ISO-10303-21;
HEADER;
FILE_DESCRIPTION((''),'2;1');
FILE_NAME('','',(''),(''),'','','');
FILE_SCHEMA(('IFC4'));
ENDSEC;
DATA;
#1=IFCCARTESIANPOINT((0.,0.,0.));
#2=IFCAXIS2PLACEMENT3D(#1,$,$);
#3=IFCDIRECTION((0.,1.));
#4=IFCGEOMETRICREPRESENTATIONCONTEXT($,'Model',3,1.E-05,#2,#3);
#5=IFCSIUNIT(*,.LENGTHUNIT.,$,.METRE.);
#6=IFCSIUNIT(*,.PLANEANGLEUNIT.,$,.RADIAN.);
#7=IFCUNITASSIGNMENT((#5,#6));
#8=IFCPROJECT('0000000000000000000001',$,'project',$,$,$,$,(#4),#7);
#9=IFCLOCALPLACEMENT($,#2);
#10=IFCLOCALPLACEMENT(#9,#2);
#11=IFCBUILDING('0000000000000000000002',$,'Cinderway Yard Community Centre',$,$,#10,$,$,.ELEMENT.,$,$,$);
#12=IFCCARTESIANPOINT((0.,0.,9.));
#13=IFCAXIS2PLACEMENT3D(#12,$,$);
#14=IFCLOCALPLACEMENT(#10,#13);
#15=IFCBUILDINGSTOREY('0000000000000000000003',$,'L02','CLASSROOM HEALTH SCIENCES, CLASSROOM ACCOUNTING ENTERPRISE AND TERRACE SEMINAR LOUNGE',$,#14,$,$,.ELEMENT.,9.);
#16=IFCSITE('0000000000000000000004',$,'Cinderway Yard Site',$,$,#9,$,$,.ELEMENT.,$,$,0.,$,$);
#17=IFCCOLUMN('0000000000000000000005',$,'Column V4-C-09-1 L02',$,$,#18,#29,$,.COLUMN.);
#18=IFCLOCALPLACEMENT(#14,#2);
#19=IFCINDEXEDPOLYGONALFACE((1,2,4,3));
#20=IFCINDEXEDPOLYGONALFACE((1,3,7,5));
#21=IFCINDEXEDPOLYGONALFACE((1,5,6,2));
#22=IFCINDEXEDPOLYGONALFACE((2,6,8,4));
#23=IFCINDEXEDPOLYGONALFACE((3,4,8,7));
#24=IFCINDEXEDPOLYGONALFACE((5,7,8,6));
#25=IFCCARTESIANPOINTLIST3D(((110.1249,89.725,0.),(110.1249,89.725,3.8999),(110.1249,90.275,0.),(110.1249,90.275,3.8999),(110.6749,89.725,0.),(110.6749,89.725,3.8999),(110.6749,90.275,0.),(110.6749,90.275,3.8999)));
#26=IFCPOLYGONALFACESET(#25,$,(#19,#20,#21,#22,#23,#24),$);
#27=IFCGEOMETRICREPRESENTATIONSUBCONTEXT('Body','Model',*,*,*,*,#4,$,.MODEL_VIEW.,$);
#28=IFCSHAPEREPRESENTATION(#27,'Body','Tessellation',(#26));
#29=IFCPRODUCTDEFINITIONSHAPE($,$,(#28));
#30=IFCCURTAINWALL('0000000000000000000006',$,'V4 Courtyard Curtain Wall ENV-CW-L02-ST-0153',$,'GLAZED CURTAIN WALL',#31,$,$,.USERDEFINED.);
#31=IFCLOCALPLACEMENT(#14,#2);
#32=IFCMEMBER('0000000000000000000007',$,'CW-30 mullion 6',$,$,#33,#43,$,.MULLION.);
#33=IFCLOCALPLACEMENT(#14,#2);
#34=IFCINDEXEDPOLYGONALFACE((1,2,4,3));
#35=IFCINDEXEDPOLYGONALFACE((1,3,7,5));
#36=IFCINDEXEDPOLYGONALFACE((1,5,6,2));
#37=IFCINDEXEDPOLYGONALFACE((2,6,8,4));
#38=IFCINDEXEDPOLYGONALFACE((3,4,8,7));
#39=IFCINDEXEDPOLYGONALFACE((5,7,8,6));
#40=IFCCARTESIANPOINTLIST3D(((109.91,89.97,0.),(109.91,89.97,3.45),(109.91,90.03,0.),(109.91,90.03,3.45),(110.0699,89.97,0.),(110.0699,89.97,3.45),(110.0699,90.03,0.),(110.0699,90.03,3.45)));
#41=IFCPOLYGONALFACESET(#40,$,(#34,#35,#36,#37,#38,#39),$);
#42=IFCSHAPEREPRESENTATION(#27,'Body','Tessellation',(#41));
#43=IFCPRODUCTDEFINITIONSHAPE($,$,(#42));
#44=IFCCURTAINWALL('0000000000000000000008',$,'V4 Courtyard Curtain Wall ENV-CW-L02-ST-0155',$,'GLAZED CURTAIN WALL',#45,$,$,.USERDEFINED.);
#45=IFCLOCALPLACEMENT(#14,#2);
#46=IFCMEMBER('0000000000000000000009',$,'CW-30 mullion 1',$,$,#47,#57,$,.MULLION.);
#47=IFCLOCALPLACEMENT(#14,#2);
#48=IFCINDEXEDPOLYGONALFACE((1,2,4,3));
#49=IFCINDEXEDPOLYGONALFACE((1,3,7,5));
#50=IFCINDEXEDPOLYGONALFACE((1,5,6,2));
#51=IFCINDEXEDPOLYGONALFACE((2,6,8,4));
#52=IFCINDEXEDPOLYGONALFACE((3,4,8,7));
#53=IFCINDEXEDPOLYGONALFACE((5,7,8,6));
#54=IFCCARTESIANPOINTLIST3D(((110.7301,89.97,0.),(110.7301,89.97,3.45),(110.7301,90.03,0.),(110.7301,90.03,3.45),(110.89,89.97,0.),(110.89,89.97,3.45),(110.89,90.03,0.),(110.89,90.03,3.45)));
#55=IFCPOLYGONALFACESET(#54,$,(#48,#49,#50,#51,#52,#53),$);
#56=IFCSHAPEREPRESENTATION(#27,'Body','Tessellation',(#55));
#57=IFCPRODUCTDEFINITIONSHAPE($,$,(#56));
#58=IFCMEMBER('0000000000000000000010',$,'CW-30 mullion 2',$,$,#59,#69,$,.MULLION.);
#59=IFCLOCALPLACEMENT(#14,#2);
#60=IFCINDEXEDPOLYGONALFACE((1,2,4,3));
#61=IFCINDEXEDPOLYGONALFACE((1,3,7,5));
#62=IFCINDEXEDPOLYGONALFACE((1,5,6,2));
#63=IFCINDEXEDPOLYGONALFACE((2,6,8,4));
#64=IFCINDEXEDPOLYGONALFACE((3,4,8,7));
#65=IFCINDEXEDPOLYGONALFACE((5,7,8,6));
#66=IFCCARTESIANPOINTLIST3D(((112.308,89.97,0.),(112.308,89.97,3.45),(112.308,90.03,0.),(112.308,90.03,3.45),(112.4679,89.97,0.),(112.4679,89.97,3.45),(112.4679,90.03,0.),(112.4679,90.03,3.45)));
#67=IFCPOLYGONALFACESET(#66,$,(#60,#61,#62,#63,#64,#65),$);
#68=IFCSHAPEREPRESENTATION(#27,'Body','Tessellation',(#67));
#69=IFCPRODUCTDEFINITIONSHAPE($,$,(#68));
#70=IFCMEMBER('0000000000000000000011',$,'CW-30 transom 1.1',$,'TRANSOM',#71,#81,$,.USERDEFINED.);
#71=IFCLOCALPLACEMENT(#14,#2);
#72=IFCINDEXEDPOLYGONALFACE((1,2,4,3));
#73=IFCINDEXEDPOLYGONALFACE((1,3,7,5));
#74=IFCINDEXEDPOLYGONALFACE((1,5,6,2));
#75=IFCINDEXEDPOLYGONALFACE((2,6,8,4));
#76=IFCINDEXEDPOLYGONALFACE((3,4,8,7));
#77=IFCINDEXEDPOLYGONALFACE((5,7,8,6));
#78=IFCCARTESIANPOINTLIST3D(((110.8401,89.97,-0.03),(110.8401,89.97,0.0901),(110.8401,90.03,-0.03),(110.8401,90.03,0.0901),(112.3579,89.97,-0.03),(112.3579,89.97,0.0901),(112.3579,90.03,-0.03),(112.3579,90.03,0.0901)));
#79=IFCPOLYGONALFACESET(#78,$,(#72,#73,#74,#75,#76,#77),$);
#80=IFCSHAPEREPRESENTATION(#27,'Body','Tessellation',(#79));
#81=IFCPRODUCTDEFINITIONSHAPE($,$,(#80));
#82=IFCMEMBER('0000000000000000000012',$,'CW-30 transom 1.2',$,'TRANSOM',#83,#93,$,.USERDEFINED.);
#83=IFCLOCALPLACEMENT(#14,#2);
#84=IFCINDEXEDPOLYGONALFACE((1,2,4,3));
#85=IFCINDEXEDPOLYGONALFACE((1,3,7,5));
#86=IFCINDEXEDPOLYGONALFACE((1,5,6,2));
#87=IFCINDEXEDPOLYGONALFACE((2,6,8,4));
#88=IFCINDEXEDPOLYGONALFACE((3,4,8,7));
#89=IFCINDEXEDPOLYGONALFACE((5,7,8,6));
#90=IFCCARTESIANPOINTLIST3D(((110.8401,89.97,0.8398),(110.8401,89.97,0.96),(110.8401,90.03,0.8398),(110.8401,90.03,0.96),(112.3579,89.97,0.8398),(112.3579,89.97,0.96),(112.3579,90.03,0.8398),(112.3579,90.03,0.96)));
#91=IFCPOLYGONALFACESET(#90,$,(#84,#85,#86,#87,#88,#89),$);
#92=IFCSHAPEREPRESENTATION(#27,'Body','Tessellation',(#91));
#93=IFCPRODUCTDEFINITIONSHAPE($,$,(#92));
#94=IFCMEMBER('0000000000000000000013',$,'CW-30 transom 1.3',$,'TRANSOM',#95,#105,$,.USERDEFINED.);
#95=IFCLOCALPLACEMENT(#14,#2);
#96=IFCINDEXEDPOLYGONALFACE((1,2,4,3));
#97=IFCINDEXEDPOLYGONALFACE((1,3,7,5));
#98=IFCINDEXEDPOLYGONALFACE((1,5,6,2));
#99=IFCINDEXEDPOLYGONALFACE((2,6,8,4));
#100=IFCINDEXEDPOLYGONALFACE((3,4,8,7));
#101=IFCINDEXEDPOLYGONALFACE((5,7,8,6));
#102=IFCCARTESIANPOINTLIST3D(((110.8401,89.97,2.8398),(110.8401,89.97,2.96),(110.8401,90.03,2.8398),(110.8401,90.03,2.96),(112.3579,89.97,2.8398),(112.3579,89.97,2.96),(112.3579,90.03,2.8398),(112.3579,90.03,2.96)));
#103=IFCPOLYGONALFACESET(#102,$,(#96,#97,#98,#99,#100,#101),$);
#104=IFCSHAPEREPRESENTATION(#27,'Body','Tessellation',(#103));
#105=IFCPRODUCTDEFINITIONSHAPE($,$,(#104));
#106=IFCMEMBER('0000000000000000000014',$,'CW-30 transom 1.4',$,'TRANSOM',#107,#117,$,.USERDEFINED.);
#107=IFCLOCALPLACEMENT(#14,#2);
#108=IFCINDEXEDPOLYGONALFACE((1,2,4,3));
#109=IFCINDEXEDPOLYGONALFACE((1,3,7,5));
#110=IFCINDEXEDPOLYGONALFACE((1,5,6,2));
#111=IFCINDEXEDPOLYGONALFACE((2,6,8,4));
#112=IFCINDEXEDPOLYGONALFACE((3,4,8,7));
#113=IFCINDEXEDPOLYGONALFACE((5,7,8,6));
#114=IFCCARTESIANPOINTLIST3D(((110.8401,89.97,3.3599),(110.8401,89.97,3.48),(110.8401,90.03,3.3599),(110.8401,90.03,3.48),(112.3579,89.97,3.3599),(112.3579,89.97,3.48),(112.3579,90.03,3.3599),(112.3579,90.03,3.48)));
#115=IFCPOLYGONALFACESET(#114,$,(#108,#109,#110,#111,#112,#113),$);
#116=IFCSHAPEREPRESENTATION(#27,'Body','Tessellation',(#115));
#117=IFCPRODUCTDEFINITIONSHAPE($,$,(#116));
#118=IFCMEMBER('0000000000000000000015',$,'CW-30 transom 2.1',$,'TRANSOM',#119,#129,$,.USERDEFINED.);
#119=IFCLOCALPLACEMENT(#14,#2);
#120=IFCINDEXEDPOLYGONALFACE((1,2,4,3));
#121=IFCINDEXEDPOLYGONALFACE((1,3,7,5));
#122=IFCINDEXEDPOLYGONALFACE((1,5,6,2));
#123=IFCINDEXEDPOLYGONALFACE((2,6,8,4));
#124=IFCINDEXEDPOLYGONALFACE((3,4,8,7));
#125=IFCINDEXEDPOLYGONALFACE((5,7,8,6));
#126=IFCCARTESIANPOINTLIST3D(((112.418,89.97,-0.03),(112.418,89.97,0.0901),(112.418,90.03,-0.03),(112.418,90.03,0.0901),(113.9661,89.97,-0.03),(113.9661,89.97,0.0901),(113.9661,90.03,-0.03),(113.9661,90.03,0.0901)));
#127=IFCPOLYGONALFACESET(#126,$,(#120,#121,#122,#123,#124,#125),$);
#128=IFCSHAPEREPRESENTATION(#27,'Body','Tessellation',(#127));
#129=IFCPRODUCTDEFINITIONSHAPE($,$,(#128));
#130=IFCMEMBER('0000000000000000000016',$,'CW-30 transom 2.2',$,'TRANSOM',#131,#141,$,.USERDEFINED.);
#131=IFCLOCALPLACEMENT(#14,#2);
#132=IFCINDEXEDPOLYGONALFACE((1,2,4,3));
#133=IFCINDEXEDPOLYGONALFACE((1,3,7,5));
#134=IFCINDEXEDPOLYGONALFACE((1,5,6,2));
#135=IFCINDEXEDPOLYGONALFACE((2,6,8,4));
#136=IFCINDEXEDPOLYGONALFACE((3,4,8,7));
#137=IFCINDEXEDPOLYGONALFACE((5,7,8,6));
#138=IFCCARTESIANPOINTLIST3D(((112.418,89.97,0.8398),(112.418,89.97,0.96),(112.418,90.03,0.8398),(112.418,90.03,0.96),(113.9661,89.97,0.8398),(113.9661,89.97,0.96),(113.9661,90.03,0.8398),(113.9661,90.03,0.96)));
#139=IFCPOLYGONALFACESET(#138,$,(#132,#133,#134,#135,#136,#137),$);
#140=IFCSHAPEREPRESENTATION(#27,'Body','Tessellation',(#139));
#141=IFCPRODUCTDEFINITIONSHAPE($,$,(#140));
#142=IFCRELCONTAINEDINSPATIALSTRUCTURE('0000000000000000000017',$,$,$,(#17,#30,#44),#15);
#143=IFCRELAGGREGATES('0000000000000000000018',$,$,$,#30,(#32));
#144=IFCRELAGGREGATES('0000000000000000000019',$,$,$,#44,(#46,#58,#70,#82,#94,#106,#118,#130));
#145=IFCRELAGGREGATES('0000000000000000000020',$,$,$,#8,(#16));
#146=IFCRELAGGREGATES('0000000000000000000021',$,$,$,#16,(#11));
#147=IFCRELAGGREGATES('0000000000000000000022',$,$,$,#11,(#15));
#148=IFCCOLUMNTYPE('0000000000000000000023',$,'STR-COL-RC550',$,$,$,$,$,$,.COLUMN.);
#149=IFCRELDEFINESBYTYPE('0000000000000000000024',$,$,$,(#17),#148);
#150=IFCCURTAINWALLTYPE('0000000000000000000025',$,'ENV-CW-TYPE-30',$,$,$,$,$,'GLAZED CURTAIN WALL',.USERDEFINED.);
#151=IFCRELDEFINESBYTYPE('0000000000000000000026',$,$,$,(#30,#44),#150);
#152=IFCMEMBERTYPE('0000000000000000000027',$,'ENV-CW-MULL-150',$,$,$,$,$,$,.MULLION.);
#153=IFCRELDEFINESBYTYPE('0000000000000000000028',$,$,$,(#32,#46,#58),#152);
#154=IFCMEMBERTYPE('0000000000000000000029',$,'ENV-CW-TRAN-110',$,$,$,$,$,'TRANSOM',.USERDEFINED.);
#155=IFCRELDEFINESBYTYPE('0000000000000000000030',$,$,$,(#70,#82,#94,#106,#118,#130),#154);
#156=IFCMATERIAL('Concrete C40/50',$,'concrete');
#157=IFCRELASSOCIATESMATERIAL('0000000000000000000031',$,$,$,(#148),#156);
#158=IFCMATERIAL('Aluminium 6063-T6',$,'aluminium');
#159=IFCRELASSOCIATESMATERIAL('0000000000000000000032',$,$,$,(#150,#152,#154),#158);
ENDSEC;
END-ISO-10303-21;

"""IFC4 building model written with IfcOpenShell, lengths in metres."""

from ifc_helpers import new_model, si_unit, direction, frame, origin, origin_2d, place, context, subcontext, project, spatial, rectangle, extrude, material, material_profile, profile_set, type_object, element, aggregate, save


model = new_model("IFC4")

# Units and contexts
model_context = context("Model", 3, precision=1e-05, world=origin(), true_north=direction((0.0, 1.0)))
body_context = subcontext(model_context, "Body", "Model", "MODEL_VIEW")
ifc_project = project(units=[si_unit("LENGTHUNIT", "METRE"), si_unit("PLANEANGLEUNIT", "RADIAN")], contexts=[model_context])

# Site, building, storey
site_placement = place(None, origin())
site = spatial("IfcSite", under=ifc_project, at=site_placement, Name="Cinderway Yard Site", CompositionType="ELEMENT", RefElevation=0.0)
building_placement = place(site_placement, origin())
building = spatial("IfcBuilding", under=site, at=building_placement, Name="Cinderway Yard Community Centre", CompositionType="ELEMENT")
storey_placement = place(building_placement, frame((0.0, 0.0, 9.0)))
storey = spatial("IfcBuildingStorey", under=building, at=storey_placement, Name="L02", Description="CLASSROOM HEALTH SCIENCES, CLASSROOM ACCOUNTING ENTERPRISE AND TERRACE SEMINAR LOUNGE", CompositionType="ELEMENT", Elevation=9.0)

# Column
ifc_material_1 = material(Name="Concrete C40/50", Category="concrete")
ifc_material_profile_1 = material_profile(ifc_material_1, rectangle(XDim=0.55, YDim=0.55, at=origin_2d()), Name="Concrete C40/50")
ifc_profile_set_1 = profile_set([ifc_material_profile_1], Name="Concrete C40/50")
column_type = type_object("IfcColumnType", Name="STR-COL-RC550", PredefinedType="COLUMN", material=ifc_profile_set_1)
column_placement = place(storey_placement, frame((110.3999, 90.0, 0.0), z_axis=(0.0, 0.0, 1.0), x_axis=(1.0, 0.0, 0.0)))
element("IfcColumn", 1, at=column_placement, inside=storey, type_object=column_type, Name="Column V4-C-09-1 L02", PredefinedType="COLUMN", context=body_context, shape_type="SweptSolid", body=[
    extrude(rectangle(XDim=0.55, YDim=0.55, at=origin_2d()), origin(), (0.0, 0.0, 1.0), 3.8999),
])

# Curtain wall, member
ifc_material_2 = material(Name="Aluminium 6063-T6", Category="aluminium")
curtain_wall_type = type_object("IfcCurtainWallType", Name="ENV-CW-TYPE-30", ElementType="GLAZED CURTAIN WALL", PredefinedType="USERDEFINED", material=ifc_material_2)
curtain_wall_1_placement = place(storey_placement, origin())
curtain_wall_1 = element("IfcCurtainWall", 2, at=curtain_wall_1_placement, inside=storey, type_object=curtain_wall_type, Name="V4 Courtyard Curtain Wall ENV-CW-L02-ST-0153", ObjectType="GLAZED CURTAIN WALL", PredefinedType="USERDEFINED")
ifc_material_profile_2 = material_profile(ifc_material_2, rectangle(XDim=0.0601, YDim=0.1599, at=origin_2d()), Name="Aluminium 6063-T6")
ifc_profile_set_2 = profile_set([ifc_material_profile_2], Name="Aluminium 6063-T6")
member_type_1 = type_object("IfcMemberType", Name="ENV-CW-MULL-150", PredefinedType="MULLION", material=ifc_profile_set_2)
member_1_placement = place(storey_placement, frame((109.99, 90.0, 0.0), z_axis=(0.0, 0.0, 1.0), x_axis=(0.0, 1.0, 0.0)))
member_1 = element("IfcMember", 3, at=member_1_placement, type_object=member_type_1, Name="CW-30 mullion 6", PredefinedType="MULLION", context=body_context, shape_type="SweptSolid", body=[
    extrude(rectangle(XDim=0.0601, YDim=0.1599, at=origin_2d()), origin(), (0.0, 0.0, 1.0), 3.45),
])
aggregate(curtain_wall_1, [member_1])

# Curtain wall, members
curtain_wall_2_placement = place(storey_placement, origin())
curtain_wall_2 = element("IfcCurtainWall", 4, at=curtain_wall_2_placement, inside=storey, type_object=curtain_wall_type, Name="V4 Courtyard Curtain Wall ENV-CW-L02-ST-0155", ObjectType="GLAZED CURTAIN WALL", PredefinedType="USERDEFINED")
member_2_placement = place(storey_placement, frame((110.8101, 90.0, 0.0), z_axis=(0.0, 0.0, 1.0), x_axis=(0.0, 1.0, 0.0)))
member_2 = element("IfcMember", 5, at=member_2_placement, type_object=member_type_1, Name="CW-30 mullion 1", PredefinedType="MULLION", context=body_context, shape_type="SweptSolid", body=[
    extrude(rectangle(XDim=0.0601, YDim=0.1599, at=origin_2d()), origin(), (0.0, 0.0, 1.0), 3.45),
])
member_3_placement = place(storey_placement, frame((112.3879, 90.0, 0.0), z_axis=(0.0, 0.0, 1.0), x_axis=(0.0, 1.0, 0.0)))
member_3 = element("IfcMember", 6, at=member_3_placement, type_object=member_type_1, Name="CW-30 mullion 2", PredefinedType="MULLION", context=body_context, shape_type="SweptSolid", body=[
    extrude(rectangle(XDim=0.0601, YDim=0.1599, at=origin_2d()), origin(), (0.0, 0.0, 1.0), 3.45),
])
ifc_material_profile_3 = material_profile(ifc_material_2, rectangle(XDim=0.0601, YDim=0.1201, at=origin_2d()), Name="Aluminium 6063-T6")
ifc_profile_set_3 = profile_set([ifc_material_profile_3], Name="Aluminium 6063-T6")
member_type_2 = type_object("IfcMemberType", Name="ENV-CW-TRAN-110", ElementType="TRANSOM", PredefinedType="USERDEFINED", material=ifc_profile_set_3)
member_4_placement = place(storey_placement, frame((110.8401, 90.0, 0.03), z_axis=(1.0, 0.0, 0.0), x_axis=(0.0, 1.0, 0.0)))
member_4 = element("IfcMember", 7, at=member_4_placement, type_object=member_type_2, Name="CW-30 transom 1.1", ObjectType="TRANSOM", PredefinedType="USERDEFINED", context=body_context, shape_type="SweptSolid", body=[
    extrude(rectangle(XDim=0.0601, YDim=0.1201, at=origin_2d()), origin(), (0.0, 0.0, 1.0), 1.5178),
])
member_5_placement = place(storey_placement, frame((110.8401, 90.0, 0.8999), z_axis=(1.0, 0.0, 0.0), x_axis=(0.0, 1.0, 0.0)))
member_5 = element("IfcMember", 8, at=member_5_placement, type_object=member_type_2, Name="CW-30 transom 1.2", ObjectType="TRANSOM", PredefinedType="USERDEFINED", context=body_context, shape_type="SweptSolid", body=[
    extrude(rectangle(XDim=0.0601, YDim=0.1201, at=origin_2d()), origin(), (0.0, 0.0, 1.0), 1.5178),
])
member_6_placement = place(storey_placement, frame((110.8401, 90.0, 2.8999), z_axis=(1.0, 0.0, 0.0), x_axis=(0.0, 1.0, 0.0)))
member_6 = element("IfcMember", 9, at=member_6_placement, type_object=member_type_2, Name="CW-30 transom 1.3", ObjectType="TRANSOM", PredefinedType="USERDEFINED", context=body_context, shape_type="SweptSolid", body=[
    extrude(rectangle(XDim=0.0601, YDim=0.1201, at=origin_2d()), origin(), (0.0, 0.0, 1.0), 1.5178),
])
member_7_placement = place(storey_placement, frame((110.8401, 90.0, 3.4199), z_axis=(1.0, 0.0, 0.0), x_axis=(0.0, 1.0, 0.0)))
member_7 = element("IfcMember", 10, at=member_7_placement, type_object=member_type_2, Name="CW-30 transom 1.4", ObjectType="TRANSOM", PredefinedType="USERDEFINED", context=body_context, shape_type="SweptSolid", body=[
    extrude(rectangle(XDim=0.0601, YDim=0.1201, at=origin_2d()), origin(), (0.0, 0.0, 1.0), 1.5178),
])
member_8_placement = place(storey_placement, frame((112.418, 90.0, 0.03), z_axis=(1.0, 0.0, 0.0), x_axis=(0.0, 1.0, 0.0)))
member_8 = element("IfcMember", 11, at=member_8_placement, type_object=member_type_2, Name="CW-30 transom 2.1", ObjectType="TRANSOM", PredefinedType="USERDEFINED", context=body_context, shape_type="SweptSolid", body=[
    extrude(rectangle(XDim=0.0601, YDim=0.1201, at=origin_2d()), origin(), (0.0, 0.0, 1.0), 1.5481),
])
member_9_placement = place(storey_placement, frame((112.418, 90.0, 0.8999), z_axis=(1.0, 0.0, 0.0), x_axis=(0.0, 1.0, 0.0)))
member_9 = element("IfcMember", 12, at=member_9_placement, type_object=member_type_2, Name="CW-30 transom 2.2", ObjectType="TRANSOM", PredefinedType="USERDEFINED", context=body_context, shape_type="SweptSolid", body=[
    extrude(rectangle(XDim=0.0601, YDim=0.1201, at=origin_2d()), origin(), (0.0, 0.0, 1.0), 1.5481),
])

aggregate(curtain_wall_2, [member_2, member_3, member_4, member_5, member_6, member_7, member_8, member_9])

save(model, "model.ifc")
